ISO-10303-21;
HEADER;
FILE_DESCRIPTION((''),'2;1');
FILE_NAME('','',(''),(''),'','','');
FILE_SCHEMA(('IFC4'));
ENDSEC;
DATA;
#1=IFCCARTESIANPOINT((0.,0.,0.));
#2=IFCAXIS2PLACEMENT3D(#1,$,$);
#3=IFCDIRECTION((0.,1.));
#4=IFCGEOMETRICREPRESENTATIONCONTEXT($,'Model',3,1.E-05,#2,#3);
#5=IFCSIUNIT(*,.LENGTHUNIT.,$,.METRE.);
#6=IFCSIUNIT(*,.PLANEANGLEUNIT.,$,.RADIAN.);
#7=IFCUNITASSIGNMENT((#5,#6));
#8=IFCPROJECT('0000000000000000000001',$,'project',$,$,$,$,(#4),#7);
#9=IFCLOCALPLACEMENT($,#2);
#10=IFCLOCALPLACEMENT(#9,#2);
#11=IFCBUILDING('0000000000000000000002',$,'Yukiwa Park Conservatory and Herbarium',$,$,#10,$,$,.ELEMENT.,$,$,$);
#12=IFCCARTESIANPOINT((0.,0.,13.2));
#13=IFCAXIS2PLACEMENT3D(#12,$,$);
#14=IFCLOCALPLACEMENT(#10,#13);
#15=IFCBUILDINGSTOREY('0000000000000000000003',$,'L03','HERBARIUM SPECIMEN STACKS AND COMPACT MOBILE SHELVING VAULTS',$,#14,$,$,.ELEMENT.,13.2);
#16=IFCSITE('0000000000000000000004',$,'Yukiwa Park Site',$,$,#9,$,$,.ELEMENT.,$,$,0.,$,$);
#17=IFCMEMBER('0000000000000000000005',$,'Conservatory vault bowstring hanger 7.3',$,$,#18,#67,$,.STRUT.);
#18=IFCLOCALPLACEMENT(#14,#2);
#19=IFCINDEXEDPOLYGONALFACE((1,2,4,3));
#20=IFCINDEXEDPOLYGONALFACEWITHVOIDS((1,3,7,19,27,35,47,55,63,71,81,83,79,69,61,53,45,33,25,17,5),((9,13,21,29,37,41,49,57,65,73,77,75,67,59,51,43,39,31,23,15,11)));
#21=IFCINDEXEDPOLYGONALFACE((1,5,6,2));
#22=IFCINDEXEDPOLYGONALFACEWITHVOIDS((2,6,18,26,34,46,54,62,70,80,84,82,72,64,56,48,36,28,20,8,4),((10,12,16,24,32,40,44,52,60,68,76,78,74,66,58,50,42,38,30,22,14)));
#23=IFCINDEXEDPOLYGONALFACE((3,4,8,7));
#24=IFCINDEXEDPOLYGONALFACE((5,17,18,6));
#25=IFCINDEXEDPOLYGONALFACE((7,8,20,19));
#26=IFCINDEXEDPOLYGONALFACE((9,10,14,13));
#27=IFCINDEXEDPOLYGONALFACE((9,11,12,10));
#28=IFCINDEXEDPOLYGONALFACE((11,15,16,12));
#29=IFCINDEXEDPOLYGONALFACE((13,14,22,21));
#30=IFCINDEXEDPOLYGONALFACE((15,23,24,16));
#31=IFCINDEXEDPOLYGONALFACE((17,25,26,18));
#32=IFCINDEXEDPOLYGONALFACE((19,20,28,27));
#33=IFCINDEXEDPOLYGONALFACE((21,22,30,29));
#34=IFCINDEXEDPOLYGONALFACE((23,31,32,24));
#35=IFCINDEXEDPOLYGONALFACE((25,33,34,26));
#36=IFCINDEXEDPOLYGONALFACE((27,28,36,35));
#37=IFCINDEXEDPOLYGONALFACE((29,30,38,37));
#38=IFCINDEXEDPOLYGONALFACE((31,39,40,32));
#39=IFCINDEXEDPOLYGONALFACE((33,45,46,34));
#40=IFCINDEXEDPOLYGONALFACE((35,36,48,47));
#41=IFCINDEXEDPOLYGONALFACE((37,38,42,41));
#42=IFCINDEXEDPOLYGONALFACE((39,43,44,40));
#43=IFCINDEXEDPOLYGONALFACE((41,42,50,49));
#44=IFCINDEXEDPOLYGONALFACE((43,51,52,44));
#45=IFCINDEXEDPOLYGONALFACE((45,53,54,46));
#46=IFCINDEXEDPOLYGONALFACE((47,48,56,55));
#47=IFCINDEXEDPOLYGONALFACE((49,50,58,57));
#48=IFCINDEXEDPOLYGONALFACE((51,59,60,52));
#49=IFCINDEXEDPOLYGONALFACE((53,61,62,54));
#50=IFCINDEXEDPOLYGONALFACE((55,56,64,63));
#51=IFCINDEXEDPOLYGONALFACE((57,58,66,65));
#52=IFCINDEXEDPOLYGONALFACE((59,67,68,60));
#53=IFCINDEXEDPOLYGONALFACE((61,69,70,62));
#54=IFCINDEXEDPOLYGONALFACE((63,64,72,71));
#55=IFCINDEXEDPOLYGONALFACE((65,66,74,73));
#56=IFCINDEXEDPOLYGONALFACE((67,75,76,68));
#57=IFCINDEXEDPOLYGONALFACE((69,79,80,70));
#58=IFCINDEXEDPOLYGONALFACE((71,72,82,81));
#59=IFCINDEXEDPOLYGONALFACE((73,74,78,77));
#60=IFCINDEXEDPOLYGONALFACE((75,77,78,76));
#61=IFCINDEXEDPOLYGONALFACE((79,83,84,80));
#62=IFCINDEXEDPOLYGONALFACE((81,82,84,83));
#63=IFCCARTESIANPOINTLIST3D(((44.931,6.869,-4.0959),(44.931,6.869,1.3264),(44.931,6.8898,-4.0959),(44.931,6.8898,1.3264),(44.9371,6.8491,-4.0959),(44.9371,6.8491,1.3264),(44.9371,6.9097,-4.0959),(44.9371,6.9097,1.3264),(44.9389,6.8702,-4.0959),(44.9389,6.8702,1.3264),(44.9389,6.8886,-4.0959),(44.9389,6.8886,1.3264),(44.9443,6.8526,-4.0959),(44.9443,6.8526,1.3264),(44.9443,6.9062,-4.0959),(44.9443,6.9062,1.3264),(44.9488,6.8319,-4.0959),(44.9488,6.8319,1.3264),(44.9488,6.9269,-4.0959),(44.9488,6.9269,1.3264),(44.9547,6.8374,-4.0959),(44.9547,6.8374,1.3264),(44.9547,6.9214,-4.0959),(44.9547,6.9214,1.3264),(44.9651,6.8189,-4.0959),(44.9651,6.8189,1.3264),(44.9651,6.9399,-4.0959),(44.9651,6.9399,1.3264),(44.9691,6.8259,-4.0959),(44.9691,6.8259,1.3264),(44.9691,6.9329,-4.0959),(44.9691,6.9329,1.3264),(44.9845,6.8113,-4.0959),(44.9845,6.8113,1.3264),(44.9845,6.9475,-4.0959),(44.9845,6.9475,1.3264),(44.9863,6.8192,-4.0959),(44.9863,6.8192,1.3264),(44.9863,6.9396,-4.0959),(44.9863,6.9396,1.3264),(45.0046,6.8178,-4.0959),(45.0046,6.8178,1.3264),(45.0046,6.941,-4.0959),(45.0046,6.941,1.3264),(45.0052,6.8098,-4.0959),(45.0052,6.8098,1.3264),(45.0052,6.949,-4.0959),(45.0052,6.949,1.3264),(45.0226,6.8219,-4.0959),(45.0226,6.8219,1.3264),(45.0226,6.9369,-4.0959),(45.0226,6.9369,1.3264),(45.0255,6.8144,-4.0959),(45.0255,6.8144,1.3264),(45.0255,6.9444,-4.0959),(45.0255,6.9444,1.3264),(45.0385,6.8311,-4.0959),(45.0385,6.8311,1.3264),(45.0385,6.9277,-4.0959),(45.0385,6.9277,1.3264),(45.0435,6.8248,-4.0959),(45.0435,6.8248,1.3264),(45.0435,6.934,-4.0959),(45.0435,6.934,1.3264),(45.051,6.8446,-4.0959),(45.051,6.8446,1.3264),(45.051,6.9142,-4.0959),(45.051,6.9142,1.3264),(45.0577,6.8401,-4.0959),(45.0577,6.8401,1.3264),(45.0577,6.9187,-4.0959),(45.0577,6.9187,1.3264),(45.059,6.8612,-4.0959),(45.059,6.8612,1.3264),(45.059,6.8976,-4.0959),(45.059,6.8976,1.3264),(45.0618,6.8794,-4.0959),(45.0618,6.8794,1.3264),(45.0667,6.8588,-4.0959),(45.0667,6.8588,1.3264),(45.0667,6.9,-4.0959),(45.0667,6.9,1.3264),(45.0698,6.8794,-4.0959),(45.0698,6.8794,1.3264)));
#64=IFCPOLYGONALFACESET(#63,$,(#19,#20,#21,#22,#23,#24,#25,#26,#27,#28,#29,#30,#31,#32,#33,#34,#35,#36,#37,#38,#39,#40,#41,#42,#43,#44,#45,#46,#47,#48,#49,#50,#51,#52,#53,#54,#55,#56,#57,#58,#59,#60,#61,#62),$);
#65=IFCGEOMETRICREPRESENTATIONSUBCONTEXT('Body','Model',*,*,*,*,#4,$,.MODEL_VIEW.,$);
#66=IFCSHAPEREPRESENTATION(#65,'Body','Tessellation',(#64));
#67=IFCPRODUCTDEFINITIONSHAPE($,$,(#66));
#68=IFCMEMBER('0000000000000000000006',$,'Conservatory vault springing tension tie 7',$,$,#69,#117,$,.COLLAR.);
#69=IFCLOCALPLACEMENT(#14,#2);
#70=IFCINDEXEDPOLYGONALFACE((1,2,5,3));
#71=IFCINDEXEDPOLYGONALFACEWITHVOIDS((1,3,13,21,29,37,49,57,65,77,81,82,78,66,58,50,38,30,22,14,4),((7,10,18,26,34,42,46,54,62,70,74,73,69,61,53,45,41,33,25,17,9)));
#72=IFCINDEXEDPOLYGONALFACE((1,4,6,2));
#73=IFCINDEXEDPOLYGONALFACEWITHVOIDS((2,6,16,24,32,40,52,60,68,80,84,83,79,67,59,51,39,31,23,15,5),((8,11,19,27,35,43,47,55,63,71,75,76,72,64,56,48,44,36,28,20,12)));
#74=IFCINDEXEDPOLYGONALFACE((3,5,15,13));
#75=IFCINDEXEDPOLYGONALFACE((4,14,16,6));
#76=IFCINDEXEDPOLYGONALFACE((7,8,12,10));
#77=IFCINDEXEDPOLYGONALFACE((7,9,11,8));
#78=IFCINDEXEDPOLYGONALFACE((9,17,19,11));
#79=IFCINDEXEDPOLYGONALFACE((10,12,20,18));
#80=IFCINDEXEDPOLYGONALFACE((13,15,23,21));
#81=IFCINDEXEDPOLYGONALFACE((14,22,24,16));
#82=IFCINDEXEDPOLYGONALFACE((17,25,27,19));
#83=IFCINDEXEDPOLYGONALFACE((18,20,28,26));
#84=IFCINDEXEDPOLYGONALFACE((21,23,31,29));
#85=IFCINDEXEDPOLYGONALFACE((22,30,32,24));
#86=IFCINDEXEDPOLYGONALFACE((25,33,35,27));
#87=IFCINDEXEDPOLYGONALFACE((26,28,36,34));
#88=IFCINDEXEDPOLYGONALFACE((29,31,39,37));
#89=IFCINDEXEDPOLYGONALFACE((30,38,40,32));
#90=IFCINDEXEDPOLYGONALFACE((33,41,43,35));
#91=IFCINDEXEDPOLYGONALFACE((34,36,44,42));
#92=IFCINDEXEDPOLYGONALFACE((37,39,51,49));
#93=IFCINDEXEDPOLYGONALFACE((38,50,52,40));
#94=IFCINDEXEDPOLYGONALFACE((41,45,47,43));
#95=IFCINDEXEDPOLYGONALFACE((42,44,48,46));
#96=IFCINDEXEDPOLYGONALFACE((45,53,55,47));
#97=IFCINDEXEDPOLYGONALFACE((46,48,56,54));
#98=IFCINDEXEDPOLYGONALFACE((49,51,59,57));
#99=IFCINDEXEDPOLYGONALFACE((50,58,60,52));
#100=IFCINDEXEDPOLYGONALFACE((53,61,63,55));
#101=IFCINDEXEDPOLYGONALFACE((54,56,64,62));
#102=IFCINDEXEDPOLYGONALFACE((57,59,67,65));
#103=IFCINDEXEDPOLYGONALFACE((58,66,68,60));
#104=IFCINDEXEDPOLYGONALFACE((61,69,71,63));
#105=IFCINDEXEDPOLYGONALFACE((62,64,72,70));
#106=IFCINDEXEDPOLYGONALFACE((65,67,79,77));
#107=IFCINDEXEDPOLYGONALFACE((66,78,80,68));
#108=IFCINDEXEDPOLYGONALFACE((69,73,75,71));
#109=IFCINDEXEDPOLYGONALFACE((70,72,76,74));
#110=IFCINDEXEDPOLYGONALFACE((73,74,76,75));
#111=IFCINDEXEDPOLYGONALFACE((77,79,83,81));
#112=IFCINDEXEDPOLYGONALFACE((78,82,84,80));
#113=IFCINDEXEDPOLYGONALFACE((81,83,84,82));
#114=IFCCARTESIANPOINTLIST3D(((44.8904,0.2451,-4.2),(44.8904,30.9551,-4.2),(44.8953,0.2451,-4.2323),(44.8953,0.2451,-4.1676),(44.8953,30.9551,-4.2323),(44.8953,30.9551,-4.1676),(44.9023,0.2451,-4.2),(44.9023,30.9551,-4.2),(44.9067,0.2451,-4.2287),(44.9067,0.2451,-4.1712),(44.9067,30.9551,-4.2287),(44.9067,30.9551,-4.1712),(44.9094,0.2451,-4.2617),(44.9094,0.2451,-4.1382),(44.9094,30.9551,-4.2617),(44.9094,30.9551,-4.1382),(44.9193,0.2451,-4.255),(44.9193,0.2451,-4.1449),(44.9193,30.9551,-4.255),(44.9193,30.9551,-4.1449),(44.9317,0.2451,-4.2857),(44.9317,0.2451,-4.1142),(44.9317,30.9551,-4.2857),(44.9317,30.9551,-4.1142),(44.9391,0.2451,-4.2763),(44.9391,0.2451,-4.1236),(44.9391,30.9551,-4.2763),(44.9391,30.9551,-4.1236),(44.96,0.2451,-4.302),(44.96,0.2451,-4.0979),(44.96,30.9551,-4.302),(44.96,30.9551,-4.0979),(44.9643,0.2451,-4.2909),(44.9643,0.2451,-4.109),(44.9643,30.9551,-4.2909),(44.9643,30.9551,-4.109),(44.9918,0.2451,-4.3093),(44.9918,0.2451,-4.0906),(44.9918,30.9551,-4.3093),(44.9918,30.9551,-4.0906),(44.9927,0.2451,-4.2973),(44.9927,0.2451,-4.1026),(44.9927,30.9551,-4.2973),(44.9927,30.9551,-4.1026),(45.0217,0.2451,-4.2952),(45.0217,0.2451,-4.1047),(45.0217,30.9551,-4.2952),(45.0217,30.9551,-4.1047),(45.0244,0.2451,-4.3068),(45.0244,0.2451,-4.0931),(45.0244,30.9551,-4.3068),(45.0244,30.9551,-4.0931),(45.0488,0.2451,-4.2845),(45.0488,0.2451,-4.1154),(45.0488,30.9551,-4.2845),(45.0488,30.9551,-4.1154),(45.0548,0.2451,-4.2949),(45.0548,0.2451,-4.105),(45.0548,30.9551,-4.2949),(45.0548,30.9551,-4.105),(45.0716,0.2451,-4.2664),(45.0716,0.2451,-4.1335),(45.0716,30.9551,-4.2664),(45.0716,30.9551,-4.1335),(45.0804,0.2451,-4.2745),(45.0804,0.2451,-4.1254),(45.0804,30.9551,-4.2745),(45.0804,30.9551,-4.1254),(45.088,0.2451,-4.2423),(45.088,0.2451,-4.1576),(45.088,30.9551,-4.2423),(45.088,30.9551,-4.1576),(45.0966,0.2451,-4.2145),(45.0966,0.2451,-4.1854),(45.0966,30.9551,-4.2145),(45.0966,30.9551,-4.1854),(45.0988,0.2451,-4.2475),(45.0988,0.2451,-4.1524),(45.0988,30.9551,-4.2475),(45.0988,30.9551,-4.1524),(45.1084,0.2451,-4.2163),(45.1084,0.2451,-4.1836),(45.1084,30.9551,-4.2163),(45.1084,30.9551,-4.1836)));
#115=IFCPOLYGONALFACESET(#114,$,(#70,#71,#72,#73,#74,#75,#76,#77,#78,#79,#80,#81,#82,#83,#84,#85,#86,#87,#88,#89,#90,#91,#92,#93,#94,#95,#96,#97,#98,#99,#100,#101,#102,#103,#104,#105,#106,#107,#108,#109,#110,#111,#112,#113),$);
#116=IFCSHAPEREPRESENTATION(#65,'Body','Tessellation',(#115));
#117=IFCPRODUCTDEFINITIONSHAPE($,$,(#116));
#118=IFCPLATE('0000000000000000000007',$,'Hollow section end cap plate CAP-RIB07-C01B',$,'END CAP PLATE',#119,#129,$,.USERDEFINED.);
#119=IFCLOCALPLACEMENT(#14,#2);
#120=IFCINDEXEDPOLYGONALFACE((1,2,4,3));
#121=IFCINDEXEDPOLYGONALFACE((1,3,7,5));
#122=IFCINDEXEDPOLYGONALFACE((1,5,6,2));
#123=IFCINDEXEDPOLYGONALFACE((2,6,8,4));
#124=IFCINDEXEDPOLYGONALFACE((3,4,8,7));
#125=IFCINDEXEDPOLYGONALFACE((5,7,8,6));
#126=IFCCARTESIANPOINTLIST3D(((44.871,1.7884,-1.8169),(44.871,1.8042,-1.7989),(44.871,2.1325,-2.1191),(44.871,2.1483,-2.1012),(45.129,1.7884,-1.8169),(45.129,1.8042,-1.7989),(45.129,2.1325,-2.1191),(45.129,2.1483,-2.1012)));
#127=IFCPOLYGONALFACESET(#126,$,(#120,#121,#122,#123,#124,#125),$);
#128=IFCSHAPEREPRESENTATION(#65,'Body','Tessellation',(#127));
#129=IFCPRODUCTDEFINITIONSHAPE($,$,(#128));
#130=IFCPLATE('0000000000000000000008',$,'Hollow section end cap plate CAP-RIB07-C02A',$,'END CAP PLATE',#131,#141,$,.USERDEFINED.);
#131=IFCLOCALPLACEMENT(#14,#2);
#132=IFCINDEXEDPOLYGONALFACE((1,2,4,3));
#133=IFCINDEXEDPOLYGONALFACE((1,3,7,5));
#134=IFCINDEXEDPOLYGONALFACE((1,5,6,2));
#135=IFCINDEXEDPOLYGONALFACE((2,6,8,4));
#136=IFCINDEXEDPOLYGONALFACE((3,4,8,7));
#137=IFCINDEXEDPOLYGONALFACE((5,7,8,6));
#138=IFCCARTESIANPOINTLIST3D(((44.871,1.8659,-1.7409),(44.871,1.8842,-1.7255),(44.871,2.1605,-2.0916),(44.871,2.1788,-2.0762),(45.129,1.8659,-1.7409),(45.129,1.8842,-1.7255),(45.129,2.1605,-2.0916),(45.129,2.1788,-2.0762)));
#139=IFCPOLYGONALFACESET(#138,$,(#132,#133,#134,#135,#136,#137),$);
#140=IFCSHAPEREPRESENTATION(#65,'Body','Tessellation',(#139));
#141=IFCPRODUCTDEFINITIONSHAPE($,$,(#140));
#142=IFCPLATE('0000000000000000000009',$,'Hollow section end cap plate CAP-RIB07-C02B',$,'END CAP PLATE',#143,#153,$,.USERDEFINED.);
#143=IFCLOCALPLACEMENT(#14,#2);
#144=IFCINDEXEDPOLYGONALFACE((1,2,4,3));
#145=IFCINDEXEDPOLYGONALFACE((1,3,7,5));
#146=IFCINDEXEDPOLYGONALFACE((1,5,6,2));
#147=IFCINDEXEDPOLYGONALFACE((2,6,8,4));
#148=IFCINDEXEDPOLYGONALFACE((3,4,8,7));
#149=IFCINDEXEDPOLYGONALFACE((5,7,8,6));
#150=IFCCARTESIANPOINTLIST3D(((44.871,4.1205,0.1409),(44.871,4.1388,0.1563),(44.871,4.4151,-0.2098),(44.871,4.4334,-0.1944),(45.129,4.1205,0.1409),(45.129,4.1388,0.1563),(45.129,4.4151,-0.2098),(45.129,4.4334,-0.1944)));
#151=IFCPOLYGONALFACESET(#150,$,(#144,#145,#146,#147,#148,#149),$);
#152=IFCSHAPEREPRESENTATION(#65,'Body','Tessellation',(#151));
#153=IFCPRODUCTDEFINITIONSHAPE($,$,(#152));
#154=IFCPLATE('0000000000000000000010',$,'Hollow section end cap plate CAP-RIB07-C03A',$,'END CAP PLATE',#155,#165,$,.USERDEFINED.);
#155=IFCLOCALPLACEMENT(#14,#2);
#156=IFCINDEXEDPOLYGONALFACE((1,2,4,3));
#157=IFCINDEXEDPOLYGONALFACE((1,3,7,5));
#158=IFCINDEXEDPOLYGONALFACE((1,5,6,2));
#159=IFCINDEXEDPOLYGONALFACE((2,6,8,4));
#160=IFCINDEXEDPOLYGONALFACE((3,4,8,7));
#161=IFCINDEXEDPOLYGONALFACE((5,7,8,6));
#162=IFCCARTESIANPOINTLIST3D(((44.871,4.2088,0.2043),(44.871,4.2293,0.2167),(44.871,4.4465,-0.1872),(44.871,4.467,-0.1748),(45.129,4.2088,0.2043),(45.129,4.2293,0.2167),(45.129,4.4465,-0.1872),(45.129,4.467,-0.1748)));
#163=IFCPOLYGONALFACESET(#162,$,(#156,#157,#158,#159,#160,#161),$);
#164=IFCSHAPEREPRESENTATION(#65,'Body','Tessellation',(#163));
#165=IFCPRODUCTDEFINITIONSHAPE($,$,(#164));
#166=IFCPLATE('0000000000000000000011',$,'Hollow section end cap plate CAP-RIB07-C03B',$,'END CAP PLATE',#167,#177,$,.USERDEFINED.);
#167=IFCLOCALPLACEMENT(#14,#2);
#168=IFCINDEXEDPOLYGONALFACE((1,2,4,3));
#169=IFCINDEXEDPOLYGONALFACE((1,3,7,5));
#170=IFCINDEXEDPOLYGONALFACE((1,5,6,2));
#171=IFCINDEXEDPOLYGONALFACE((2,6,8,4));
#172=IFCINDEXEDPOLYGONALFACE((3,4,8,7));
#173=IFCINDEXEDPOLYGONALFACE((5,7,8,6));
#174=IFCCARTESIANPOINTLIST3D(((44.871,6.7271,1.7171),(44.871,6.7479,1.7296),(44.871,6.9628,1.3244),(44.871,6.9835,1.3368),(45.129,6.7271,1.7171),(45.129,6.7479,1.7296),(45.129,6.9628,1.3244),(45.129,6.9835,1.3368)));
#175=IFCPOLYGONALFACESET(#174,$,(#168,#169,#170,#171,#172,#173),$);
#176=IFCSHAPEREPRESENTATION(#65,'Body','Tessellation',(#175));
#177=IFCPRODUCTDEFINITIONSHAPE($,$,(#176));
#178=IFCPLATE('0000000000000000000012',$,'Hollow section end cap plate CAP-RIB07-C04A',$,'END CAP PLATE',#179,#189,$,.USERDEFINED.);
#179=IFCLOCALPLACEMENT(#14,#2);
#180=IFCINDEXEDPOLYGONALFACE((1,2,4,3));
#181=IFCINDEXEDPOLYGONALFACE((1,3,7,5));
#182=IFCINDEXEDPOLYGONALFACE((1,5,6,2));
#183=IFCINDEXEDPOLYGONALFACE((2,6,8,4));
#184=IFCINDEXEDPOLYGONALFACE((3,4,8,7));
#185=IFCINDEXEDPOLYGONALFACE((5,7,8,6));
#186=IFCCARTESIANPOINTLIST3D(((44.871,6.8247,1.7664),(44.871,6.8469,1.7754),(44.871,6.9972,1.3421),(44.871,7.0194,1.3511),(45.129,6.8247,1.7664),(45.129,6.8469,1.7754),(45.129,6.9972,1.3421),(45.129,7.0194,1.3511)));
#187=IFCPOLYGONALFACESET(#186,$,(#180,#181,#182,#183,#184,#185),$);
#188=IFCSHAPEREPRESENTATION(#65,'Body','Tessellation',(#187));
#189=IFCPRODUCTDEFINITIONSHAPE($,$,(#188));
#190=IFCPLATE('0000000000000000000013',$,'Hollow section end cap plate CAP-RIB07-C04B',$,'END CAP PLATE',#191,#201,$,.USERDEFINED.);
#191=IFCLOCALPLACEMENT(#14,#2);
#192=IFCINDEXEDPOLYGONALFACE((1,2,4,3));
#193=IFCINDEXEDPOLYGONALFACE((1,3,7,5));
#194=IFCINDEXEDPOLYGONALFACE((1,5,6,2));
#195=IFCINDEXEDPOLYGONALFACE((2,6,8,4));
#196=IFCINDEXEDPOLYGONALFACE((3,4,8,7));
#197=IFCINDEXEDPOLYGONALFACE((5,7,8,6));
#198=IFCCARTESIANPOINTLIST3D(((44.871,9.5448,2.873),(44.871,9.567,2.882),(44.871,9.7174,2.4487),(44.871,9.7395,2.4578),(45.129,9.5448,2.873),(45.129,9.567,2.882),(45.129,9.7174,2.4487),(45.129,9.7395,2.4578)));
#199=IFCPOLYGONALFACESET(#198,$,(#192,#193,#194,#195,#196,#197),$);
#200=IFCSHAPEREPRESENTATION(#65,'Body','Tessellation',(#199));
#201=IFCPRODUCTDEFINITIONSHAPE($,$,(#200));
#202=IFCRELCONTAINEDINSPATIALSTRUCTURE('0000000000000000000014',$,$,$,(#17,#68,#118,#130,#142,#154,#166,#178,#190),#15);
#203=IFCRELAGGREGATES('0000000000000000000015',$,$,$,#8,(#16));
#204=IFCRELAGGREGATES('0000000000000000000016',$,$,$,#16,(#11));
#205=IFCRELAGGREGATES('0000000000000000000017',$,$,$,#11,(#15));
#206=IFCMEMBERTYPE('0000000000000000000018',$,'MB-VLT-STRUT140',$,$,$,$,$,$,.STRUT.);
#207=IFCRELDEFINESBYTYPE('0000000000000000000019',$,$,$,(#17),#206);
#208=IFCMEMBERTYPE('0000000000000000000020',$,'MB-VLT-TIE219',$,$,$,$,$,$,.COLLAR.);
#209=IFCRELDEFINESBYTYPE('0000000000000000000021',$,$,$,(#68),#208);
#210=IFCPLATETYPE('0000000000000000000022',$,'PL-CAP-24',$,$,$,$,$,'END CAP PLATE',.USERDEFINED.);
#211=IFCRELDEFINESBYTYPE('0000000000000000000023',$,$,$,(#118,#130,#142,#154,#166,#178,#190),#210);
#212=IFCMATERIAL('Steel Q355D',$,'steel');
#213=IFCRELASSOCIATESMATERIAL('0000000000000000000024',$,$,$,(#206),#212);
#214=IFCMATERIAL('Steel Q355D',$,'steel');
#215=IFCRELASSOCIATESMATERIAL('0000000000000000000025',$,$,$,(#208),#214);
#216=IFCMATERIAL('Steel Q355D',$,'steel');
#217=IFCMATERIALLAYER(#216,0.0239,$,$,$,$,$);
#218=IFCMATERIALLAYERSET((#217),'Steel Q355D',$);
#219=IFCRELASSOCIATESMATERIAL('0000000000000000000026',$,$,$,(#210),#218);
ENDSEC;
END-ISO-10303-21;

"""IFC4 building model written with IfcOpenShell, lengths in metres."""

from ifc_helpers import new_model, si_unit, direction, frame, origin, origin_2d, place, context, subcontext, project, spatial, rectangle, hollow_circle, extrude, material, layer, layer_set, material_profile, profile_set, type_object, element, save


model = new_model("IFC4")

# Units and contexts
model_context = context("Model", 3, precision=1e-05, world=origin(), true_north=direction((0.0, 1.0)))
body_context = subcontext(model_context, "Body", "Model", "MODEL_VIEW")
ifc_project = project(units=[si_unit("LENGTHUNIT", "METRE"), si_unit("PLANEANGLEUNIT", "RADIAN")], contexts=[model_context])

# Site, building, storey
site_placement = place(None, origin())
site = spatial("IfcSite", under=ifc_project, at=site_placement, Name="Yukiwa Park Site", CompositionType="ELEMENT", RefElevation=0.0)
building_placement = place(site_placement, origin())
building = spatial("IfcBuilding", under=site, at=building_placement, Name="Yukiwa Park Conservatory and Herbarium", CompositionType="ELEMENT")
storey_placement = place(building_placement, frame((0.0, 0.0, 13.2)))
storey = spatial("IfcBuildingStorey", under=building, at=storey_placement, Name="L03", Description="HERBARIUM SPECIMEN STACKS AND COMPACT MOBILE SHELVING VAULTS", CompositionType="ELEMENT", Elevation=13.2)

# Members
ifc_material_1 = material(Name="Steel Q355D", Category="steel")
ifc_material_profile_1 = material_profile(ifc_material_1, hollow_circle(Radius=0.0698, WallThickness=0.0081, at=origin_2d()), Name="CHS 139.7x8")
ifc_profile_set_1 = profile_set([ifc_material_profile_1], Name="Steel Q355D")
member_type_1 = type_object("IfcMemberType", Name="MB-VLT-STRUT140", PredefinedType="STRUT", material=ifc_profile_set_1)
member_1_placement = place(storey_placement, frame((45.0, 6.8794, -4.0959), z_axis=(0.0, 0.0, 1.0), x_axis=(1.0, 0.0, 0.0)))
element("IfcMember", 1, at=member_1_placement, inside=storey, type_object=member_type_1, Name="Conservatory vault bowstring hanger 7.3", PredefinedType="STRUT", context=body_context, shape_type="SweptSolid", body=[
    extrude(hollow_circle(Radius=0.0698, WallThickness=0.0081, at=origin_2d()), origin(), (0.0, 0.0, 1.0), 5.4224),
])
ifc_material_2 = material(Name="Steel Q355D", Category="steel")
ifc_material_profile_2 = material_profile(ifc_material_2, hollow_circle(Radius=0.1096, WallThickness=0.012, at=origin_2d()), Name="CHS 219.1x12")
ifc_profile_set_2 = profile_set([ifc_material_profile_2], Name="Steel Q355D")
member_type_2 = type_object("IfcMemberType", Name="MB-VLT-TIE219", PredefinedType="COLLAR", material=ifc_profile_set_2)
member_2_placement = place(storey_placement, frame((45.0, 0.2451, -4.2), z_axis=(0.0, 1.0, 0.0), x_axis=(-1.0, 0.0, 0.0)))
element("IfcMember", 2, at=member_2_placement, inside=storey, type_object=member_type_2, Name="Conservatory vault springing tension tie 7", PredefinedType="COLLAR", context=body_context, shape_type="SweptSolid", body=[
    extrude(hollow_circle(Radius=0.1096, WallThickness=0.012, at=origin_2d()), origin(), (0.0, 0.0, 1.0), 30.71),
])

# Plates
ifc_material_3 = material(Name="Steel Q355D", Category="steel")
ifc_layer_1 = layer(ifc_material_3, 0.0239)
ifc_layer_set_1 = layer_set([ifc_layer_1], Name="Steel Q355D")
plate_type_1 = type_object("IfcPlateType", Name="PL-CAP-24", ElementType="END CAP PLATE", PredefinedType="USERDEFINED", material=ifc_layer_set_1)
for number, where, z_axis, x_axis, name in (
    (3, (45.0, 1.9604, -1.968), (0.0, 0.659941, 0.751317), (-1.0, 0.0, 0.0), "Hollow section end cap plate CAP-RIB07-C01B"),
    (4, (45.0, 2.0315, -1.9009), (0.0, -0.765705, -0.643192), (1.0, 0.0, 0.0), "Hollow section end cap plate CAP-RIB07-C02A"),
    (5, (45.0, 4.2678, -0.0344), (0.0, 0.765705, 0.643192), (-1.0, 0.0, 0.0), "Hollow section end cap plate CAP-RIB07-C02B"),
    (6, (45.0, 4.3481, 0.021), (0.0, -0.854788, -0.518978), (1.0, 0.0, 0.0), "Hollow section end cap plate CAP-RIB07-C03A"),
):
    element("IfcPlate", number, at=place(storey_placement, frame(where, z_axis=z_axis, x_axis=x_axis)), inside=storey, type_object=plate_type_1, Name=name, ObjectType="END CAP PLATE", PredefinedType="USERDEFINED", context=body_context, shape_type="SweptSolid", body=[
        extrude(rectangle(XDim=0.2581, YDim=0.458, at=origin_2d()), origin(), (0.0, 0.0, 1.0), 0.0239),
    ])
plate_1_placement = place(storey_placement, frame((45.0, 6.845, 1.5208), z_axis=(0.0, 0.857493, 0.514496), x_axis=(-1.0, 0.0, 0.0)))
element("IfcPlate", 7, at=plate_1_placement, inside=storey, type_object=plate_type_1, Name="Hollow section end cap plate CAP-RIB07-C03B", ObjectType="END CAP PLATE", PredefinedType="USERDEFINED", context=body_context, shape_type="SweptSolid", body=[
    extrude(rectangle(XDim=0.2581, YDim=0.458, at=origin_2d()), origin(), (0.0, 0.0, 1.0), 0.0242),
])
for number, where, z_axis, x_axis, name in (
    (8, (45.0, 6.9331, 1.5632), (0.0, -0.926356, -0.37665), (1.0, 0.0, 0.0), "Hollow section end cap plate CAP-RIB07-C04A"),
    (9, (45.0, 9.6311, 2.6609), (0.0, 0.926356, 0.37665), (-1.0, 0.0, 0.0), "Hollow section end cap plate CAP-RIB07-C04B"),
):
    element("IfcPlate", number, at=place(storey_placement, frame(where, z_axis=z_axis, x_axis=x_axis)), inside=storey, type_object=plate_type_1, Name=name, ObjectType="END CAP PLATE", PredefinedType="USERDEFINED", context=body_context, shape_type="SweptSolid", body=[
        extrude(rectangle(XDim=0.2581, YDim=0.458, at=origin_2d()), origin(), (0.0, 0.0, 1.0), 0.0239),
    ])

save(model, "model.ifc")
